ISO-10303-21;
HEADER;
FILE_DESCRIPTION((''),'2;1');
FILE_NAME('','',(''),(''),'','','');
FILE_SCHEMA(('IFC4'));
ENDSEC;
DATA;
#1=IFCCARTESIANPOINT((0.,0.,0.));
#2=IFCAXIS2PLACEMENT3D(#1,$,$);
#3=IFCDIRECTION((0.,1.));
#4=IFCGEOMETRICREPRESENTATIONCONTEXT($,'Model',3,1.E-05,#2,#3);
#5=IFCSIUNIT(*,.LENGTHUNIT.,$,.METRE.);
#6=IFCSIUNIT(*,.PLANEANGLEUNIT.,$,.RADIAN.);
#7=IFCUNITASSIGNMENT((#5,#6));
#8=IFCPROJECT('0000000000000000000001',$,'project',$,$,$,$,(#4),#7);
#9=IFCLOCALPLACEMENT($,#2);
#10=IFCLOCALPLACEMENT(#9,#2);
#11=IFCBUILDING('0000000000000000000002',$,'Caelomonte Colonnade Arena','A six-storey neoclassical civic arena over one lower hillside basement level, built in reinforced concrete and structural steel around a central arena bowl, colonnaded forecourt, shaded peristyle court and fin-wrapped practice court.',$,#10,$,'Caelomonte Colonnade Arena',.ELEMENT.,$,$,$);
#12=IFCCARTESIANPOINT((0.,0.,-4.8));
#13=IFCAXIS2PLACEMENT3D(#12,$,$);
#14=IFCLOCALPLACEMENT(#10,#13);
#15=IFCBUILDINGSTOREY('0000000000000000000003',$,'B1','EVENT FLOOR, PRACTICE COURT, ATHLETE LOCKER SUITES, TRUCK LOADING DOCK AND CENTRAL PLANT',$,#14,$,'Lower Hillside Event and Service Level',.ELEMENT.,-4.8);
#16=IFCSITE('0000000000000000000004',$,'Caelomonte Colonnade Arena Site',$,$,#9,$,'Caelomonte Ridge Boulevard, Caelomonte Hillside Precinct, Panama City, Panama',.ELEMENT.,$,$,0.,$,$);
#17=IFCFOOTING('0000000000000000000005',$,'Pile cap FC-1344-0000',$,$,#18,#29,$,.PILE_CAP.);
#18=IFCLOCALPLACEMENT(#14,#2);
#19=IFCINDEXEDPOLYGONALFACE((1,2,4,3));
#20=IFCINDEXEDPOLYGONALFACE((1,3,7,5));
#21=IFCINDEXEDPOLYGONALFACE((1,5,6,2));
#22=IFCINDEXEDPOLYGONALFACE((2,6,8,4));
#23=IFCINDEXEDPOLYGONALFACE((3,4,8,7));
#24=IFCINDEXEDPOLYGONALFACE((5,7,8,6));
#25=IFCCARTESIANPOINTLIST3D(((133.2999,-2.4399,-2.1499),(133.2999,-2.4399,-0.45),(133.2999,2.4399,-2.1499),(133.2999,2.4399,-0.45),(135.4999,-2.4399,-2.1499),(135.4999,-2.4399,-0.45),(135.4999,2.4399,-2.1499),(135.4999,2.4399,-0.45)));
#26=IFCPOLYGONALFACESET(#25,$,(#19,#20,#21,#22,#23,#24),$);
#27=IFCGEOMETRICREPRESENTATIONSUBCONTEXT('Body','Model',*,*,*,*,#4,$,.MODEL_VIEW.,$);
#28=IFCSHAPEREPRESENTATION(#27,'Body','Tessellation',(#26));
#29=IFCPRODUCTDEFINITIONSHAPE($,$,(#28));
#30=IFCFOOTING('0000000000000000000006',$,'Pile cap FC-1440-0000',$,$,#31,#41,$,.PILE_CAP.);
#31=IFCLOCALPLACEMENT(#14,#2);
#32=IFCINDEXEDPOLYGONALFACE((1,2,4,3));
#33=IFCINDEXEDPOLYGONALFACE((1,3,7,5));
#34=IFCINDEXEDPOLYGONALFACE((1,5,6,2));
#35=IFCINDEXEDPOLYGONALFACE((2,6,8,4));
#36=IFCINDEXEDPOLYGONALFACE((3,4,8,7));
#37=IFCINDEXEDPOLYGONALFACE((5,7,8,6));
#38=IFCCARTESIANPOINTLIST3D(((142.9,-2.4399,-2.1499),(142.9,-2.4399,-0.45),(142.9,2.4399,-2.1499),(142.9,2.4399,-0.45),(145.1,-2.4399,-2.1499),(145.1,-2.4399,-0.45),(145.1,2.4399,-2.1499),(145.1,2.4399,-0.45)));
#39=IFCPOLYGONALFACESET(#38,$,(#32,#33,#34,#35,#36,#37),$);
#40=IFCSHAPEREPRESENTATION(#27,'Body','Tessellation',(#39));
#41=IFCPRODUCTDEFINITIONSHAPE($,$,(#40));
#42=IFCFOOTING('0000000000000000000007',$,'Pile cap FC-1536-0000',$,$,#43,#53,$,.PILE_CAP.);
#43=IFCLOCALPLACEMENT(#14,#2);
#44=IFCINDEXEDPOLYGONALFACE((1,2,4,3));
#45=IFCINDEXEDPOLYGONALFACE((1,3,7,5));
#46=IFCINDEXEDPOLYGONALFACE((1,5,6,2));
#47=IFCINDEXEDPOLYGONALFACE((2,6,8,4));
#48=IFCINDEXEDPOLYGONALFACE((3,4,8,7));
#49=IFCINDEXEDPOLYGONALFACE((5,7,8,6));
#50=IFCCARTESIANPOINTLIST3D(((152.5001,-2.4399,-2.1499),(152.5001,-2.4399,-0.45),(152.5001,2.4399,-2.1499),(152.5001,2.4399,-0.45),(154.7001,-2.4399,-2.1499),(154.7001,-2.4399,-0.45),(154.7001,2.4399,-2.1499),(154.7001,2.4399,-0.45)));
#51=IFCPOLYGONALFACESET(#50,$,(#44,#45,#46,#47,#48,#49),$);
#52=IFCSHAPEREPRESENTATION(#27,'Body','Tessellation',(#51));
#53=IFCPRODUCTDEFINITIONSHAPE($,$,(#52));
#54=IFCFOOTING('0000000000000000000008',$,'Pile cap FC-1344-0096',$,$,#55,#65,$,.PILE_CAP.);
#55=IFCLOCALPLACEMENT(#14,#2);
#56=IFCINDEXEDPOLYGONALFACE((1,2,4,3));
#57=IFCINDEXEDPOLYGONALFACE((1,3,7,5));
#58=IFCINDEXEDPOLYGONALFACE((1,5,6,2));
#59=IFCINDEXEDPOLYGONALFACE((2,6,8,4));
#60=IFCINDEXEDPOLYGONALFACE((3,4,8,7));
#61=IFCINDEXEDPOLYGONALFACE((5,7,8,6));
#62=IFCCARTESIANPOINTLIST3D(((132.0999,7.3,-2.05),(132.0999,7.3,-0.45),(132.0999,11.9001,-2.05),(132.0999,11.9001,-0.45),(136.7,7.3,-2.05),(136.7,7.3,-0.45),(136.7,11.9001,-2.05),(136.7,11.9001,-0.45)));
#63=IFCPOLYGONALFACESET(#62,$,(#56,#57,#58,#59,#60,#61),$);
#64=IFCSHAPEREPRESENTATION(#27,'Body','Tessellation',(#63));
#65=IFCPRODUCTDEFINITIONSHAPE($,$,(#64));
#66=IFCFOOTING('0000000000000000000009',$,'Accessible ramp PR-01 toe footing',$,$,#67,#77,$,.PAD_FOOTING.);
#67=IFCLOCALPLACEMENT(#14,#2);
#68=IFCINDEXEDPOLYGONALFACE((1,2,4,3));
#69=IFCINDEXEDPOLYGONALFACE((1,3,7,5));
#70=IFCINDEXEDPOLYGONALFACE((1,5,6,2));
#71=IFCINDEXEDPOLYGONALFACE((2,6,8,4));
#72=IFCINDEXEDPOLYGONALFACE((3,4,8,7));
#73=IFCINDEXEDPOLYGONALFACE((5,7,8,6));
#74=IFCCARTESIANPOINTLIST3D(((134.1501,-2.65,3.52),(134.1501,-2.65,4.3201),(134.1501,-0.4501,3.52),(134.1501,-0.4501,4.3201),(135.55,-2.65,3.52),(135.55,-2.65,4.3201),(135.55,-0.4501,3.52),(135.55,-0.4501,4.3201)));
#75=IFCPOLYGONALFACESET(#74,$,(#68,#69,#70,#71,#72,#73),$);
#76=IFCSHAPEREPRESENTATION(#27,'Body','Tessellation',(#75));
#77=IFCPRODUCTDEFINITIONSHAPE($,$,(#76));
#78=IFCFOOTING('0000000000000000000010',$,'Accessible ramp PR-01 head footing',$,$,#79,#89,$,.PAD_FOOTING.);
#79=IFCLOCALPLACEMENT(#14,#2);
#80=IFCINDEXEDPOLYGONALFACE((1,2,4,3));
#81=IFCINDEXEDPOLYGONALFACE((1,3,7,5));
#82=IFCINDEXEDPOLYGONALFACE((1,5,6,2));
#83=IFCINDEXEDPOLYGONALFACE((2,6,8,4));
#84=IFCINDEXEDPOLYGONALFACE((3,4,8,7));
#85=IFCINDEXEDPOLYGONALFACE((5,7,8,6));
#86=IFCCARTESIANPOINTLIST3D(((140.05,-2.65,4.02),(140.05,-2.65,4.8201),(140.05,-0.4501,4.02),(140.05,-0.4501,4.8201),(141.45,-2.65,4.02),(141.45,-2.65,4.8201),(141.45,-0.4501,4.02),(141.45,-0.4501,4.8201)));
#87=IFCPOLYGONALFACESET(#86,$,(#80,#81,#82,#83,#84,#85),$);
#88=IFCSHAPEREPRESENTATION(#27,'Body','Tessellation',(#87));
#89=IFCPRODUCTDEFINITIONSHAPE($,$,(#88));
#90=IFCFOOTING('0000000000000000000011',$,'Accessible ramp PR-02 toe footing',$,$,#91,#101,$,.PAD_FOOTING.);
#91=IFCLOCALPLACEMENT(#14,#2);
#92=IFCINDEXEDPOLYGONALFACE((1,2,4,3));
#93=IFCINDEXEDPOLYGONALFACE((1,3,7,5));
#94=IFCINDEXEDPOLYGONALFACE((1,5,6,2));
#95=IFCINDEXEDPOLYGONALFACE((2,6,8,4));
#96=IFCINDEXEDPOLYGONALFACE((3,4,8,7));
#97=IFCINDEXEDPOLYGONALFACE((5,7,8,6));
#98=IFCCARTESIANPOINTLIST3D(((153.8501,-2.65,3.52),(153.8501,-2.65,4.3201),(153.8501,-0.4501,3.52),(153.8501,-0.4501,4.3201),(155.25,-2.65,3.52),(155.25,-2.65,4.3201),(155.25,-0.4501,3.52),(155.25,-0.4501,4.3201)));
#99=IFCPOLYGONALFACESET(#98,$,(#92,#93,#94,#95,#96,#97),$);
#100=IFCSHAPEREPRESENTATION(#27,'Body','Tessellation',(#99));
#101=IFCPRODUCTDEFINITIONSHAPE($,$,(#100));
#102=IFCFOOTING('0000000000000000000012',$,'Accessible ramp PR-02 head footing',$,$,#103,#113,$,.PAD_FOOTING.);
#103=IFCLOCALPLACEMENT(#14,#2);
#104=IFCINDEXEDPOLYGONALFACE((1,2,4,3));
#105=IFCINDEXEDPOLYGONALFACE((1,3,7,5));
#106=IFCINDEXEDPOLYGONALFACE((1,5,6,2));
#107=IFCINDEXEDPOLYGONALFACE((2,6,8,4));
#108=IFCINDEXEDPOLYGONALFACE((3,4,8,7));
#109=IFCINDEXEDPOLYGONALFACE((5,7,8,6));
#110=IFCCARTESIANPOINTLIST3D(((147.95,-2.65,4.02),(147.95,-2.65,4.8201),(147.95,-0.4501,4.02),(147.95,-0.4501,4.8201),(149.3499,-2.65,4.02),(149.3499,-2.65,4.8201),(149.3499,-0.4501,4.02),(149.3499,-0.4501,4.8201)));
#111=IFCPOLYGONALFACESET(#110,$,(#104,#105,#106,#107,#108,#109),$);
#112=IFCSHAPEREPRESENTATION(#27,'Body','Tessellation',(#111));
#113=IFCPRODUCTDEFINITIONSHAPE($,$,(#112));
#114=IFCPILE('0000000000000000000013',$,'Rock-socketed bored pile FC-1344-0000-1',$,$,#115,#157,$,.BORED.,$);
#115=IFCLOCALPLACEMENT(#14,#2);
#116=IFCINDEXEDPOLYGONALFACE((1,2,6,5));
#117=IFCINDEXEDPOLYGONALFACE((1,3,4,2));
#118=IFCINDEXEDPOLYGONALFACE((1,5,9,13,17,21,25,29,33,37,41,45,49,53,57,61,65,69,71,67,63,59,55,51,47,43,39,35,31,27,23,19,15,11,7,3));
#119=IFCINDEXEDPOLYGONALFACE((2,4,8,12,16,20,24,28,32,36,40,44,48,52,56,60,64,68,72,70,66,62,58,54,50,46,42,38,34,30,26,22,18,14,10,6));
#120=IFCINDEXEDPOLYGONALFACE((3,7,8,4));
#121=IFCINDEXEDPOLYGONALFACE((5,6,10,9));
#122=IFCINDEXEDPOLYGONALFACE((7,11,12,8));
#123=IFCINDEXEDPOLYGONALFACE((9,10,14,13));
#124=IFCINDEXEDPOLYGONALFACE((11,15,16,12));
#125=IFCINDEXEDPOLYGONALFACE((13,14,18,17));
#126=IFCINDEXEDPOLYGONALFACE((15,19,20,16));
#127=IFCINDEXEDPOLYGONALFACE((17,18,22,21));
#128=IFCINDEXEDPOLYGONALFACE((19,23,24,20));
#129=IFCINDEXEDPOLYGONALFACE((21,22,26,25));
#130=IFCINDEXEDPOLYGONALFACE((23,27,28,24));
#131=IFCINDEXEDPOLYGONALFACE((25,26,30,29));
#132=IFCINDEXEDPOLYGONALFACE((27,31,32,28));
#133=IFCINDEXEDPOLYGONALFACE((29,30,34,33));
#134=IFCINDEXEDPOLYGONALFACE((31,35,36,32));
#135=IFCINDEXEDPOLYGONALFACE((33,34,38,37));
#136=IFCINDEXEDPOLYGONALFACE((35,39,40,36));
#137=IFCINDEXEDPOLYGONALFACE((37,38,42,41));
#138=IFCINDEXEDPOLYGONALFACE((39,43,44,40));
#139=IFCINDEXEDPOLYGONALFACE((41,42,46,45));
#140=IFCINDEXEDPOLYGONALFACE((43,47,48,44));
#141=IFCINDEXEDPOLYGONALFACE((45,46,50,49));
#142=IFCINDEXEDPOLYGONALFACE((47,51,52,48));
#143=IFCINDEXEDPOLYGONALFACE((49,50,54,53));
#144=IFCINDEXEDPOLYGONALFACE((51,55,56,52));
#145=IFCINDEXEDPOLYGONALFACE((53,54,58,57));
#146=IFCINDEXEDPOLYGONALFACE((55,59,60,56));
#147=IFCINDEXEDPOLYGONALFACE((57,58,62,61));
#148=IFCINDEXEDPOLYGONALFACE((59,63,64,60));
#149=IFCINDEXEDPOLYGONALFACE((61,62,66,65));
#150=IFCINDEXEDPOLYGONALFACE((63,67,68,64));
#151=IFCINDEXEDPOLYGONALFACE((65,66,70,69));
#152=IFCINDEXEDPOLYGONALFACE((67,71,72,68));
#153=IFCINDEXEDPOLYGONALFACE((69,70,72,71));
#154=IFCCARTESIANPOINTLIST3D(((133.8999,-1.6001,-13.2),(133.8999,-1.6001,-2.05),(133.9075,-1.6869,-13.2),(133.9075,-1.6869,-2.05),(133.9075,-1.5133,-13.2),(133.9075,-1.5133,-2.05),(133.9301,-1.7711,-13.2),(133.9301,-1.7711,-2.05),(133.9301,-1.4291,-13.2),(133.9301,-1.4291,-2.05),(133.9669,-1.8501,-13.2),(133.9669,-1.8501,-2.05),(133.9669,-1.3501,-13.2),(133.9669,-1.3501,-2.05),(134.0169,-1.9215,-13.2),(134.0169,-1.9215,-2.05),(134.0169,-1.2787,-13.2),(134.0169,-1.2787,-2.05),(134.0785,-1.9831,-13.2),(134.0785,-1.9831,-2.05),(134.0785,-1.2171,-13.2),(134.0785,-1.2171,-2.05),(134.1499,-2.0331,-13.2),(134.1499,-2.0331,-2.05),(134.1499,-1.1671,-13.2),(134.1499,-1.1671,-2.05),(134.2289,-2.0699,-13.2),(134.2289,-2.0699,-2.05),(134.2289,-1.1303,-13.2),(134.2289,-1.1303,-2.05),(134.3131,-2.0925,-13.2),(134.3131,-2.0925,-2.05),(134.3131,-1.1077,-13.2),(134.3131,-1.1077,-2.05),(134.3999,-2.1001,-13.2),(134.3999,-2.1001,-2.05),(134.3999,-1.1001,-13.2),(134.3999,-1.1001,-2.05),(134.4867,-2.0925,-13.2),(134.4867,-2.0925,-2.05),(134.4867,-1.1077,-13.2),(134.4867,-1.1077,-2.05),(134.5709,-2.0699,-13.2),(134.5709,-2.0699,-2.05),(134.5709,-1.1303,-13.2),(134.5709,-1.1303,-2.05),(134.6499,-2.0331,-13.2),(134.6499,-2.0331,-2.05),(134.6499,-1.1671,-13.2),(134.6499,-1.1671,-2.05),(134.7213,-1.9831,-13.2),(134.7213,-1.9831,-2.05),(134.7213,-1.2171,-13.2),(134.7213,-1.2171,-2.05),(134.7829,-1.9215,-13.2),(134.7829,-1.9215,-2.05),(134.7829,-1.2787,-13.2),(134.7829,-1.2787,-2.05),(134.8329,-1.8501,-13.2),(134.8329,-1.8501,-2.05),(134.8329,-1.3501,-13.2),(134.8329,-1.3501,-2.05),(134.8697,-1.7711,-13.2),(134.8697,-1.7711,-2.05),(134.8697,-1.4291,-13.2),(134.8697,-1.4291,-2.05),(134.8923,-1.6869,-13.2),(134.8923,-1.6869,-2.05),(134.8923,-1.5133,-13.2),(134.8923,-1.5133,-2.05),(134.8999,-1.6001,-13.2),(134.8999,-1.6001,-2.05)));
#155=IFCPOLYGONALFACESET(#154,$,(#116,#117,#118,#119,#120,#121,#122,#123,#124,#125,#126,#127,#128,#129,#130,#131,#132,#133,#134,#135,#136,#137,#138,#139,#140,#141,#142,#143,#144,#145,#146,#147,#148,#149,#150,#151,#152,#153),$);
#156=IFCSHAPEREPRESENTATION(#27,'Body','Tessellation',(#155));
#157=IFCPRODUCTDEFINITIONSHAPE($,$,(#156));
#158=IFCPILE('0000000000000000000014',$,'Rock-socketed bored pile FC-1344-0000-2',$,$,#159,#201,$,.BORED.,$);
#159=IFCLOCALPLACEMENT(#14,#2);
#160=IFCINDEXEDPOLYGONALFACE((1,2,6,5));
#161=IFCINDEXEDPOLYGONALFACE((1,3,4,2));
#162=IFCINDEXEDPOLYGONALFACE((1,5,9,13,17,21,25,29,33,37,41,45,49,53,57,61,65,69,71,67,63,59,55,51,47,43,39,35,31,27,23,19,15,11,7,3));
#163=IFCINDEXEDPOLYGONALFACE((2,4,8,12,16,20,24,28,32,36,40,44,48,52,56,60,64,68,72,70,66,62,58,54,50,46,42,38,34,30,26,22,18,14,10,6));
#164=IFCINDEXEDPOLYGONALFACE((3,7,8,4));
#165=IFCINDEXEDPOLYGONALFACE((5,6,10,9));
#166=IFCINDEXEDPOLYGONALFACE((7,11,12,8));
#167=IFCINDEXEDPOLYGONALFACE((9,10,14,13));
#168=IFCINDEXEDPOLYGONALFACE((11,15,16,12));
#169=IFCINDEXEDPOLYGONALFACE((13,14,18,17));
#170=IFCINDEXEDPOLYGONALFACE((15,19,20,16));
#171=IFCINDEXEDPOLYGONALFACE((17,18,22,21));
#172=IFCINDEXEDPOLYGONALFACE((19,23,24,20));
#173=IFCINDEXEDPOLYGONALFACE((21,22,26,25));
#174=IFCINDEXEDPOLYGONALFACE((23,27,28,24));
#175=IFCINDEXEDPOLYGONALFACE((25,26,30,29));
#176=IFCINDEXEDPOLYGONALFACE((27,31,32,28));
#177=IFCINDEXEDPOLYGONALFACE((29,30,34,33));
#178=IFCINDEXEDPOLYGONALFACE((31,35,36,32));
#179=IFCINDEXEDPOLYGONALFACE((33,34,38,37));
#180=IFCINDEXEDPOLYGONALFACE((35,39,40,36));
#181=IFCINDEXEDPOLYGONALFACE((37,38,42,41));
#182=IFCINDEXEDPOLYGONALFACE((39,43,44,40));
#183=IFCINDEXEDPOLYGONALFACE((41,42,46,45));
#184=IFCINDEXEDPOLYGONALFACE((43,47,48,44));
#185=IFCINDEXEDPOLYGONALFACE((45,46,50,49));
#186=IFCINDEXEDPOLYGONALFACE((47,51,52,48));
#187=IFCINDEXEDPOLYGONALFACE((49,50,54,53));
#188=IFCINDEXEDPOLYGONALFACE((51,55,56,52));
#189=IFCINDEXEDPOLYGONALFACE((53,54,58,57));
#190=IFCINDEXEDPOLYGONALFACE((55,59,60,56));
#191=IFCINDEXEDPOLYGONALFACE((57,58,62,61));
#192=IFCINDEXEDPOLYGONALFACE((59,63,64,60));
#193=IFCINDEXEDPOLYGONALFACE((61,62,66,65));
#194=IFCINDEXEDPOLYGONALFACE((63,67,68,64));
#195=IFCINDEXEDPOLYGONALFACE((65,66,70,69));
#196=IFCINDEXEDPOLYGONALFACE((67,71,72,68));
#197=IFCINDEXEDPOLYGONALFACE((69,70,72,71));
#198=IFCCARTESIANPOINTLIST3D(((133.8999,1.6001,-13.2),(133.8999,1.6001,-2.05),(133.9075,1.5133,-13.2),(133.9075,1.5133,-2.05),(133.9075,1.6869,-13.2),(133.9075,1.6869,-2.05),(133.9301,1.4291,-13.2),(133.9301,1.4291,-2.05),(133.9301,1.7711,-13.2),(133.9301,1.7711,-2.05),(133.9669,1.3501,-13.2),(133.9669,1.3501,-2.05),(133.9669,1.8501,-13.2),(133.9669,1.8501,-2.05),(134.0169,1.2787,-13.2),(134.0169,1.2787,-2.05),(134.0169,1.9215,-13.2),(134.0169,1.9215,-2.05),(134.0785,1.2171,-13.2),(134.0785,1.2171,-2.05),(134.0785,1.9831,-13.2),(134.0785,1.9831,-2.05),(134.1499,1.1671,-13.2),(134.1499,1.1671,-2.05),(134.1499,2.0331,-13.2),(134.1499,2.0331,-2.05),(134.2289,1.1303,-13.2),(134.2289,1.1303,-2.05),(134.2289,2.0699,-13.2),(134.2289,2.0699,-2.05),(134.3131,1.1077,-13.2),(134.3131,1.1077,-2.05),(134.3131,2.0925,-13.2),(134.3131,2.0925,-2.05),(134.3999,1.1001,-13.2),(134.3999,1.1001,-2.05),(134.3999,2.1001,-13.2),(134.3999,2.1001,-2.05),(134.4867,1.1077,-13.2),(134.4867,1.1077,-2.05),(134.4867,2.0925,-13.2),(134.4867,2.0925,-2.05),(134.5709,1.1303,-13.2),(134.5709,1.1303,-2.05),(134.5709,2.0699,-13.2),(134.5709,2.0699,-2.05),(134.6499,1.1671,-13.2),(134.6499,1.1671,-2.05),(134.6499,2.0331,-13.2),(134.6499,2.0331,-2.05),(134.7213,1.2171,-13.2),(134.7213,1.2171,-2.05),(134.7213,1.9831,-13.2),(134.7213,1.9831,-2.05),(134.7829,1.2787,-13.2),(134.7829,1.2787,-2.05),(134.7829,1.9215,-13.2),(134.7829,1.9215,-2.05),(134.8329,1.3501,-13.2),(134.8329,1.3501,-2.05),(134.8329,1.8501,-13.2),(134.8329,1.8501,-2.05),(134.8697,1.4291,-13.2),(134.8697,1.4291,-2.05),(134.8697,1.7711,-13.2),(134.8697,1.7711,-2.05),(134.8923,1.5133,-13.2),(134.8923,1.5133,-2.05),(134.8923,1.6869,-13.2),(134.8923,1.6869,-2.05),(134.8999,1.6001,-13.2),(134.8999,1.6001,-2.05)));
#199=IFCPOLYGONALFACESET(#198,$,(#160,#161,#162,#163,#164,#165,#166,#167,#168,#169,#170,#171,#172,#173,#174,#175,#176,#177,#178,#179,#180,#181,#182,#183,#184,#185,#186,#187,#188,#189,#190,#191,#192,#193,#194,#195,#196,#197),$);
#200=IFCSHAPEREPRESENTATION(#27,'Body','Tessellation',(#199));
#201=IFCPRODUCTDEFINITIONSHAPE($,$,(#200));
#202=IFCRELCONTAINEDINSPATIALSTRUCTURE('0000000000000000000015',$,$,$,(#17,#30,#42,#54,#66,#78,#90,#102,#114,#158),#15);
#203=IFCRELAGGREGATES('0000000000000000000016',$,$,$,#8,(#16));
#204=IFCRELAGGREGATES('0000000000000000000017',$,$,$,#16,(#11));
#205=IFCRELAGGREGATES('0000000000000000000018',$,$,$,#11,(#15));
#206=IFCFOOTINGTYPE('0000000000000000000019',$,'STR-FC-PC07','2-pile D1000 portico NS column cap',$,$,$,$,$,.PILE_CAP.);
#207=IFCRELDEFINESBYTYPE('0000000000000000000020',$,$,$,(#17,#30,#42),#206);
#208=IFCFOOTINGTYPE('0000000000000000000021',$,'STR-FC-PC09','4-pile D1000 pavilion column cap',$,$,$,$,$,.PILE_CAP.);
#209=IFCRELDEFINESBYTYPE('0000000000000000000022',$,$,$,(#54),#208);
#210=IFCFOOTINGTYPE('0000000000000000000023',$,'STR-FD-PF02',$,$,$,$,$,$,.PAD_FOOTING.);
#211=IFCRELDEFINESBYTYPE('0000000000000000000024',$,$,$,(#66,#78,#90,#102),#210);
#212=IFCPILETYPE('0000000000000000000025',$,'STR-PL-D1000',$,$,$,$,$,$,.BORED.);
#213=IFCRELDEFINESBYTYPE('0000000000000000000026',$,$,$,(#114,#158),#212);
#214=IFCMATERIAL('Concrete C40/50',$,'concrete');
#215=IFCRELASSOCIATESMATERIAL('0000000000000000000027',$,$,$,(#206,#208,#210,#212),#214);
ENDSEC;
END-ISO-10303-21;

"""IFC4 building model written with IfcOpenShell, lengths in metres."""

from ifc_helpers import new_model, si_unit, direction, frame, origin, origin_2d, place, context, subcontext, project, spatial, rectangle, circle, extrude, material, material_profile, profile_set, type_object, element, save


model = new_model("IFC4")

# Units and contexts
model_context = context("Model", 3, precision=1e-05, world=origin(), true_north=direction((0.0, 1.0)))
body_context = subcontext(model_context, "Body", "Model", "MODEL_VIEW")
ifc_project = project(units=[si_unit("LENGTHUNIT", "METRE"), si_unit("PLANEANGLEUNIT", "RADIAN")], contexts=[model_context])

# Site, building, storey
site_placement = place(None, origin())
site = spatial("IfcSite", under=ifc_project, at=site_placement, Name="Caelomonte Colonnade Arena Site", LongName="Caelomonte Ridge Boulevard, Caelomonte Hillside Precinct, Panama City, Panama", CompositionType="ELEMENT", RefElevation=0.0)
building_placement = place(site_placement, origin())
building = spatial("IfcBuilding", under=site, at=building_placement, Name="Caelomonte Colonnade Arena", Description="A six-storey neoclassical civic arena over one lower hillside basement level, built in reinforced concrete and structural steel around a central arena bowl, colonnaded forecourt, shaded peristyle court and fin-wrapped practice court.", LongName="Caelomonte Colonnade Arena", CompositionType="ELEMENT")
storey_placement = place(building_placement, frame((0.0, 0.0, -4.8)))
storey = spatial("IfcBuildingStorey", under=building, at=storey_placement, Name="B1", Description="EVENT FLOOR, PRACTICE COURT, ATHLETE LOCKER SUITES, TRUCK LOADING DOCK AND CENTRAL PLANT", LongName="Lower Hillside Event and Service Level", CompositionType="ELEMENT", Elevation=-4.8)

# Footings
ifc_material_1 = material(Name="Concrete C40/50", Category="concrete")
footing_type_1 = type_object("IfcFootingType", Name="STR-FC-PC07", Description="2-pile D1000 portico NS column cap", PredefinedType="PILE_CAP", material=ifc_material_1)
for number, where, z_axis, x_axis, name in (
    (1, (134.3999, 0.0, -2.1499), (0.0, 0.0, 1.0), (1.0, 0.0, 0.0), "Pile cap FC-1344-0000"),
    (2, (144.0, 0.0, -2.1499), (0.0, 0.0, 1.0), (1.0, 0.0, 0.0), "Pile cap FC-1440-0000"),
    (3, (153.6001, 0.0, -2.1499), (0.0, 0.0, 1.0), (1.0, 0.0, 0.0), "Pile cap FC-1536-0000"),
):
    element("IfcFooting", number, at=place(storey_placement, frame(where, z_axis=z_axis, x_axis=x_axis)), inside=storey, type_object=footing_type_1, Name=name, PredefinedType="PILE_CAP", context=body_context, shape_type="SweptSolid", body=[
        extrude(rectangle(XDim=2.2, YDim=4.8799, at=origin_2d()), origin(), (0.0, 0.0, 1.0), 1.7),
    ])
footing_type_2 = type_object("IfcFootingType", Name="STR-FC-PC09", Description="4-pile D1000 pavilion column cap", PredefinedType="PILE_CAP", material=ifc_material_1)
footing_placement = place(storey_placement, frame((134.3999, 9.6001, -2.05), z_axis=(0.0, 0.0, 1.0), x_axis=(1.0, 0.0, 0.0)))
element("IfcFooting", 4, at=footing_placement, inside=storey, type_object=footing_type_2, Name="Pile cap FC-1344-0096", PredefinedType="PILE_CAP", context=body_context, shape_type="SweptSolid", body=[
    extrude(rectangle(XDim=4.6001, YDim=4.6001, at=origin_2d()), origin(), (0.0, 0.0, 1.0), 1.6001),
])
footing_type_3 = type_object("IfcFootingType", Name="STR-FD-PF02", PredefinedType="PAD_FOOTING", material=ifc_material_1)
for number, where, z_axis, x_axis, name in (
    (5, (134.8501, -1.55, 3.52), (0.0, 0.0, 1.0), (1.0, 0.0, 0.0), "Accessible ramp PR-01 toe footing"),
    (6, (140.75, -1.55, 4.02), (0.0, 0.0, 1.0), (1.0, 0.0, 0.0), "Accessible ramp PR-01 head footing"),
    (7, (154.55, -1.55, 3.52), (0.0, 0.0, 1.0), (1.0, 0.0, 0.0), "Accessible ramp PR-02 toe footing"),
    (8, (148.6499, -1.55, 4.02), (0.0, 0.0, 1.0), (1.0, 0.0, 0.0), "Accessible ramp PR-02 head footing"),
):
    element("IfcFooting", number, at=place(storey_placement, frame(where, z_axis=z_axis, x_axis=x_axis)), inside=storey, type_object=footing_type_3, Name=name, PredefinedType="PAD_FOOTING", context=body_context, shape_type="SweptSolid", body=[
        extrude(rectangle(XDim=1.3999, YDim=2.2, at=origin_2d()), origin(), (0.0, 0.0, 1.0), 0.8),
    ])

# Piles
ifc_material_profile_1 = material_profile(ifc_material_1, circle(Radius=0.5, at=origin_2d()), Name="PILE-D1000")
ifc_profile_set_1 = profile_set([ifc_material_profile_1], Name="Concrete C40/50")
pile_type_1 = type_object("IfcPileType", Name="STR-PL-D1000", PredefinedType="BORED", material=ifc_profile_set_1)
for number, where, z_axis, x_axis, name in (
    (9, (134.3999, -1.6001, -2.05), (0.0, 0.0, -1.0), (1.0, 0.0, 0.0), "Rock-socketed bored pile FC-1344-0000-1"),
    (10, (134.3999, 1.6001, -2.05), (0.0, 0.0, -1.0), (1.0, 0.0, 0.0), "Rock-socketed bored pile FC-1344-0000-2"),
):
    element("IfcPile", number, at=place(storey_placement, frame(where, z_axis=z_axis, x_axis=x_axis)), inside=storey, type_object=pile_type_1, Name=name, PredefinedType="BORED", context=body_context, shape_type="SweptSolid", body=[
        extrude(circle(Radius=0.5, at=origin_2d()), origin(), (0.0, 0.0, 1.0), 11.1499),
    ])

save(model, "model.ifc")
